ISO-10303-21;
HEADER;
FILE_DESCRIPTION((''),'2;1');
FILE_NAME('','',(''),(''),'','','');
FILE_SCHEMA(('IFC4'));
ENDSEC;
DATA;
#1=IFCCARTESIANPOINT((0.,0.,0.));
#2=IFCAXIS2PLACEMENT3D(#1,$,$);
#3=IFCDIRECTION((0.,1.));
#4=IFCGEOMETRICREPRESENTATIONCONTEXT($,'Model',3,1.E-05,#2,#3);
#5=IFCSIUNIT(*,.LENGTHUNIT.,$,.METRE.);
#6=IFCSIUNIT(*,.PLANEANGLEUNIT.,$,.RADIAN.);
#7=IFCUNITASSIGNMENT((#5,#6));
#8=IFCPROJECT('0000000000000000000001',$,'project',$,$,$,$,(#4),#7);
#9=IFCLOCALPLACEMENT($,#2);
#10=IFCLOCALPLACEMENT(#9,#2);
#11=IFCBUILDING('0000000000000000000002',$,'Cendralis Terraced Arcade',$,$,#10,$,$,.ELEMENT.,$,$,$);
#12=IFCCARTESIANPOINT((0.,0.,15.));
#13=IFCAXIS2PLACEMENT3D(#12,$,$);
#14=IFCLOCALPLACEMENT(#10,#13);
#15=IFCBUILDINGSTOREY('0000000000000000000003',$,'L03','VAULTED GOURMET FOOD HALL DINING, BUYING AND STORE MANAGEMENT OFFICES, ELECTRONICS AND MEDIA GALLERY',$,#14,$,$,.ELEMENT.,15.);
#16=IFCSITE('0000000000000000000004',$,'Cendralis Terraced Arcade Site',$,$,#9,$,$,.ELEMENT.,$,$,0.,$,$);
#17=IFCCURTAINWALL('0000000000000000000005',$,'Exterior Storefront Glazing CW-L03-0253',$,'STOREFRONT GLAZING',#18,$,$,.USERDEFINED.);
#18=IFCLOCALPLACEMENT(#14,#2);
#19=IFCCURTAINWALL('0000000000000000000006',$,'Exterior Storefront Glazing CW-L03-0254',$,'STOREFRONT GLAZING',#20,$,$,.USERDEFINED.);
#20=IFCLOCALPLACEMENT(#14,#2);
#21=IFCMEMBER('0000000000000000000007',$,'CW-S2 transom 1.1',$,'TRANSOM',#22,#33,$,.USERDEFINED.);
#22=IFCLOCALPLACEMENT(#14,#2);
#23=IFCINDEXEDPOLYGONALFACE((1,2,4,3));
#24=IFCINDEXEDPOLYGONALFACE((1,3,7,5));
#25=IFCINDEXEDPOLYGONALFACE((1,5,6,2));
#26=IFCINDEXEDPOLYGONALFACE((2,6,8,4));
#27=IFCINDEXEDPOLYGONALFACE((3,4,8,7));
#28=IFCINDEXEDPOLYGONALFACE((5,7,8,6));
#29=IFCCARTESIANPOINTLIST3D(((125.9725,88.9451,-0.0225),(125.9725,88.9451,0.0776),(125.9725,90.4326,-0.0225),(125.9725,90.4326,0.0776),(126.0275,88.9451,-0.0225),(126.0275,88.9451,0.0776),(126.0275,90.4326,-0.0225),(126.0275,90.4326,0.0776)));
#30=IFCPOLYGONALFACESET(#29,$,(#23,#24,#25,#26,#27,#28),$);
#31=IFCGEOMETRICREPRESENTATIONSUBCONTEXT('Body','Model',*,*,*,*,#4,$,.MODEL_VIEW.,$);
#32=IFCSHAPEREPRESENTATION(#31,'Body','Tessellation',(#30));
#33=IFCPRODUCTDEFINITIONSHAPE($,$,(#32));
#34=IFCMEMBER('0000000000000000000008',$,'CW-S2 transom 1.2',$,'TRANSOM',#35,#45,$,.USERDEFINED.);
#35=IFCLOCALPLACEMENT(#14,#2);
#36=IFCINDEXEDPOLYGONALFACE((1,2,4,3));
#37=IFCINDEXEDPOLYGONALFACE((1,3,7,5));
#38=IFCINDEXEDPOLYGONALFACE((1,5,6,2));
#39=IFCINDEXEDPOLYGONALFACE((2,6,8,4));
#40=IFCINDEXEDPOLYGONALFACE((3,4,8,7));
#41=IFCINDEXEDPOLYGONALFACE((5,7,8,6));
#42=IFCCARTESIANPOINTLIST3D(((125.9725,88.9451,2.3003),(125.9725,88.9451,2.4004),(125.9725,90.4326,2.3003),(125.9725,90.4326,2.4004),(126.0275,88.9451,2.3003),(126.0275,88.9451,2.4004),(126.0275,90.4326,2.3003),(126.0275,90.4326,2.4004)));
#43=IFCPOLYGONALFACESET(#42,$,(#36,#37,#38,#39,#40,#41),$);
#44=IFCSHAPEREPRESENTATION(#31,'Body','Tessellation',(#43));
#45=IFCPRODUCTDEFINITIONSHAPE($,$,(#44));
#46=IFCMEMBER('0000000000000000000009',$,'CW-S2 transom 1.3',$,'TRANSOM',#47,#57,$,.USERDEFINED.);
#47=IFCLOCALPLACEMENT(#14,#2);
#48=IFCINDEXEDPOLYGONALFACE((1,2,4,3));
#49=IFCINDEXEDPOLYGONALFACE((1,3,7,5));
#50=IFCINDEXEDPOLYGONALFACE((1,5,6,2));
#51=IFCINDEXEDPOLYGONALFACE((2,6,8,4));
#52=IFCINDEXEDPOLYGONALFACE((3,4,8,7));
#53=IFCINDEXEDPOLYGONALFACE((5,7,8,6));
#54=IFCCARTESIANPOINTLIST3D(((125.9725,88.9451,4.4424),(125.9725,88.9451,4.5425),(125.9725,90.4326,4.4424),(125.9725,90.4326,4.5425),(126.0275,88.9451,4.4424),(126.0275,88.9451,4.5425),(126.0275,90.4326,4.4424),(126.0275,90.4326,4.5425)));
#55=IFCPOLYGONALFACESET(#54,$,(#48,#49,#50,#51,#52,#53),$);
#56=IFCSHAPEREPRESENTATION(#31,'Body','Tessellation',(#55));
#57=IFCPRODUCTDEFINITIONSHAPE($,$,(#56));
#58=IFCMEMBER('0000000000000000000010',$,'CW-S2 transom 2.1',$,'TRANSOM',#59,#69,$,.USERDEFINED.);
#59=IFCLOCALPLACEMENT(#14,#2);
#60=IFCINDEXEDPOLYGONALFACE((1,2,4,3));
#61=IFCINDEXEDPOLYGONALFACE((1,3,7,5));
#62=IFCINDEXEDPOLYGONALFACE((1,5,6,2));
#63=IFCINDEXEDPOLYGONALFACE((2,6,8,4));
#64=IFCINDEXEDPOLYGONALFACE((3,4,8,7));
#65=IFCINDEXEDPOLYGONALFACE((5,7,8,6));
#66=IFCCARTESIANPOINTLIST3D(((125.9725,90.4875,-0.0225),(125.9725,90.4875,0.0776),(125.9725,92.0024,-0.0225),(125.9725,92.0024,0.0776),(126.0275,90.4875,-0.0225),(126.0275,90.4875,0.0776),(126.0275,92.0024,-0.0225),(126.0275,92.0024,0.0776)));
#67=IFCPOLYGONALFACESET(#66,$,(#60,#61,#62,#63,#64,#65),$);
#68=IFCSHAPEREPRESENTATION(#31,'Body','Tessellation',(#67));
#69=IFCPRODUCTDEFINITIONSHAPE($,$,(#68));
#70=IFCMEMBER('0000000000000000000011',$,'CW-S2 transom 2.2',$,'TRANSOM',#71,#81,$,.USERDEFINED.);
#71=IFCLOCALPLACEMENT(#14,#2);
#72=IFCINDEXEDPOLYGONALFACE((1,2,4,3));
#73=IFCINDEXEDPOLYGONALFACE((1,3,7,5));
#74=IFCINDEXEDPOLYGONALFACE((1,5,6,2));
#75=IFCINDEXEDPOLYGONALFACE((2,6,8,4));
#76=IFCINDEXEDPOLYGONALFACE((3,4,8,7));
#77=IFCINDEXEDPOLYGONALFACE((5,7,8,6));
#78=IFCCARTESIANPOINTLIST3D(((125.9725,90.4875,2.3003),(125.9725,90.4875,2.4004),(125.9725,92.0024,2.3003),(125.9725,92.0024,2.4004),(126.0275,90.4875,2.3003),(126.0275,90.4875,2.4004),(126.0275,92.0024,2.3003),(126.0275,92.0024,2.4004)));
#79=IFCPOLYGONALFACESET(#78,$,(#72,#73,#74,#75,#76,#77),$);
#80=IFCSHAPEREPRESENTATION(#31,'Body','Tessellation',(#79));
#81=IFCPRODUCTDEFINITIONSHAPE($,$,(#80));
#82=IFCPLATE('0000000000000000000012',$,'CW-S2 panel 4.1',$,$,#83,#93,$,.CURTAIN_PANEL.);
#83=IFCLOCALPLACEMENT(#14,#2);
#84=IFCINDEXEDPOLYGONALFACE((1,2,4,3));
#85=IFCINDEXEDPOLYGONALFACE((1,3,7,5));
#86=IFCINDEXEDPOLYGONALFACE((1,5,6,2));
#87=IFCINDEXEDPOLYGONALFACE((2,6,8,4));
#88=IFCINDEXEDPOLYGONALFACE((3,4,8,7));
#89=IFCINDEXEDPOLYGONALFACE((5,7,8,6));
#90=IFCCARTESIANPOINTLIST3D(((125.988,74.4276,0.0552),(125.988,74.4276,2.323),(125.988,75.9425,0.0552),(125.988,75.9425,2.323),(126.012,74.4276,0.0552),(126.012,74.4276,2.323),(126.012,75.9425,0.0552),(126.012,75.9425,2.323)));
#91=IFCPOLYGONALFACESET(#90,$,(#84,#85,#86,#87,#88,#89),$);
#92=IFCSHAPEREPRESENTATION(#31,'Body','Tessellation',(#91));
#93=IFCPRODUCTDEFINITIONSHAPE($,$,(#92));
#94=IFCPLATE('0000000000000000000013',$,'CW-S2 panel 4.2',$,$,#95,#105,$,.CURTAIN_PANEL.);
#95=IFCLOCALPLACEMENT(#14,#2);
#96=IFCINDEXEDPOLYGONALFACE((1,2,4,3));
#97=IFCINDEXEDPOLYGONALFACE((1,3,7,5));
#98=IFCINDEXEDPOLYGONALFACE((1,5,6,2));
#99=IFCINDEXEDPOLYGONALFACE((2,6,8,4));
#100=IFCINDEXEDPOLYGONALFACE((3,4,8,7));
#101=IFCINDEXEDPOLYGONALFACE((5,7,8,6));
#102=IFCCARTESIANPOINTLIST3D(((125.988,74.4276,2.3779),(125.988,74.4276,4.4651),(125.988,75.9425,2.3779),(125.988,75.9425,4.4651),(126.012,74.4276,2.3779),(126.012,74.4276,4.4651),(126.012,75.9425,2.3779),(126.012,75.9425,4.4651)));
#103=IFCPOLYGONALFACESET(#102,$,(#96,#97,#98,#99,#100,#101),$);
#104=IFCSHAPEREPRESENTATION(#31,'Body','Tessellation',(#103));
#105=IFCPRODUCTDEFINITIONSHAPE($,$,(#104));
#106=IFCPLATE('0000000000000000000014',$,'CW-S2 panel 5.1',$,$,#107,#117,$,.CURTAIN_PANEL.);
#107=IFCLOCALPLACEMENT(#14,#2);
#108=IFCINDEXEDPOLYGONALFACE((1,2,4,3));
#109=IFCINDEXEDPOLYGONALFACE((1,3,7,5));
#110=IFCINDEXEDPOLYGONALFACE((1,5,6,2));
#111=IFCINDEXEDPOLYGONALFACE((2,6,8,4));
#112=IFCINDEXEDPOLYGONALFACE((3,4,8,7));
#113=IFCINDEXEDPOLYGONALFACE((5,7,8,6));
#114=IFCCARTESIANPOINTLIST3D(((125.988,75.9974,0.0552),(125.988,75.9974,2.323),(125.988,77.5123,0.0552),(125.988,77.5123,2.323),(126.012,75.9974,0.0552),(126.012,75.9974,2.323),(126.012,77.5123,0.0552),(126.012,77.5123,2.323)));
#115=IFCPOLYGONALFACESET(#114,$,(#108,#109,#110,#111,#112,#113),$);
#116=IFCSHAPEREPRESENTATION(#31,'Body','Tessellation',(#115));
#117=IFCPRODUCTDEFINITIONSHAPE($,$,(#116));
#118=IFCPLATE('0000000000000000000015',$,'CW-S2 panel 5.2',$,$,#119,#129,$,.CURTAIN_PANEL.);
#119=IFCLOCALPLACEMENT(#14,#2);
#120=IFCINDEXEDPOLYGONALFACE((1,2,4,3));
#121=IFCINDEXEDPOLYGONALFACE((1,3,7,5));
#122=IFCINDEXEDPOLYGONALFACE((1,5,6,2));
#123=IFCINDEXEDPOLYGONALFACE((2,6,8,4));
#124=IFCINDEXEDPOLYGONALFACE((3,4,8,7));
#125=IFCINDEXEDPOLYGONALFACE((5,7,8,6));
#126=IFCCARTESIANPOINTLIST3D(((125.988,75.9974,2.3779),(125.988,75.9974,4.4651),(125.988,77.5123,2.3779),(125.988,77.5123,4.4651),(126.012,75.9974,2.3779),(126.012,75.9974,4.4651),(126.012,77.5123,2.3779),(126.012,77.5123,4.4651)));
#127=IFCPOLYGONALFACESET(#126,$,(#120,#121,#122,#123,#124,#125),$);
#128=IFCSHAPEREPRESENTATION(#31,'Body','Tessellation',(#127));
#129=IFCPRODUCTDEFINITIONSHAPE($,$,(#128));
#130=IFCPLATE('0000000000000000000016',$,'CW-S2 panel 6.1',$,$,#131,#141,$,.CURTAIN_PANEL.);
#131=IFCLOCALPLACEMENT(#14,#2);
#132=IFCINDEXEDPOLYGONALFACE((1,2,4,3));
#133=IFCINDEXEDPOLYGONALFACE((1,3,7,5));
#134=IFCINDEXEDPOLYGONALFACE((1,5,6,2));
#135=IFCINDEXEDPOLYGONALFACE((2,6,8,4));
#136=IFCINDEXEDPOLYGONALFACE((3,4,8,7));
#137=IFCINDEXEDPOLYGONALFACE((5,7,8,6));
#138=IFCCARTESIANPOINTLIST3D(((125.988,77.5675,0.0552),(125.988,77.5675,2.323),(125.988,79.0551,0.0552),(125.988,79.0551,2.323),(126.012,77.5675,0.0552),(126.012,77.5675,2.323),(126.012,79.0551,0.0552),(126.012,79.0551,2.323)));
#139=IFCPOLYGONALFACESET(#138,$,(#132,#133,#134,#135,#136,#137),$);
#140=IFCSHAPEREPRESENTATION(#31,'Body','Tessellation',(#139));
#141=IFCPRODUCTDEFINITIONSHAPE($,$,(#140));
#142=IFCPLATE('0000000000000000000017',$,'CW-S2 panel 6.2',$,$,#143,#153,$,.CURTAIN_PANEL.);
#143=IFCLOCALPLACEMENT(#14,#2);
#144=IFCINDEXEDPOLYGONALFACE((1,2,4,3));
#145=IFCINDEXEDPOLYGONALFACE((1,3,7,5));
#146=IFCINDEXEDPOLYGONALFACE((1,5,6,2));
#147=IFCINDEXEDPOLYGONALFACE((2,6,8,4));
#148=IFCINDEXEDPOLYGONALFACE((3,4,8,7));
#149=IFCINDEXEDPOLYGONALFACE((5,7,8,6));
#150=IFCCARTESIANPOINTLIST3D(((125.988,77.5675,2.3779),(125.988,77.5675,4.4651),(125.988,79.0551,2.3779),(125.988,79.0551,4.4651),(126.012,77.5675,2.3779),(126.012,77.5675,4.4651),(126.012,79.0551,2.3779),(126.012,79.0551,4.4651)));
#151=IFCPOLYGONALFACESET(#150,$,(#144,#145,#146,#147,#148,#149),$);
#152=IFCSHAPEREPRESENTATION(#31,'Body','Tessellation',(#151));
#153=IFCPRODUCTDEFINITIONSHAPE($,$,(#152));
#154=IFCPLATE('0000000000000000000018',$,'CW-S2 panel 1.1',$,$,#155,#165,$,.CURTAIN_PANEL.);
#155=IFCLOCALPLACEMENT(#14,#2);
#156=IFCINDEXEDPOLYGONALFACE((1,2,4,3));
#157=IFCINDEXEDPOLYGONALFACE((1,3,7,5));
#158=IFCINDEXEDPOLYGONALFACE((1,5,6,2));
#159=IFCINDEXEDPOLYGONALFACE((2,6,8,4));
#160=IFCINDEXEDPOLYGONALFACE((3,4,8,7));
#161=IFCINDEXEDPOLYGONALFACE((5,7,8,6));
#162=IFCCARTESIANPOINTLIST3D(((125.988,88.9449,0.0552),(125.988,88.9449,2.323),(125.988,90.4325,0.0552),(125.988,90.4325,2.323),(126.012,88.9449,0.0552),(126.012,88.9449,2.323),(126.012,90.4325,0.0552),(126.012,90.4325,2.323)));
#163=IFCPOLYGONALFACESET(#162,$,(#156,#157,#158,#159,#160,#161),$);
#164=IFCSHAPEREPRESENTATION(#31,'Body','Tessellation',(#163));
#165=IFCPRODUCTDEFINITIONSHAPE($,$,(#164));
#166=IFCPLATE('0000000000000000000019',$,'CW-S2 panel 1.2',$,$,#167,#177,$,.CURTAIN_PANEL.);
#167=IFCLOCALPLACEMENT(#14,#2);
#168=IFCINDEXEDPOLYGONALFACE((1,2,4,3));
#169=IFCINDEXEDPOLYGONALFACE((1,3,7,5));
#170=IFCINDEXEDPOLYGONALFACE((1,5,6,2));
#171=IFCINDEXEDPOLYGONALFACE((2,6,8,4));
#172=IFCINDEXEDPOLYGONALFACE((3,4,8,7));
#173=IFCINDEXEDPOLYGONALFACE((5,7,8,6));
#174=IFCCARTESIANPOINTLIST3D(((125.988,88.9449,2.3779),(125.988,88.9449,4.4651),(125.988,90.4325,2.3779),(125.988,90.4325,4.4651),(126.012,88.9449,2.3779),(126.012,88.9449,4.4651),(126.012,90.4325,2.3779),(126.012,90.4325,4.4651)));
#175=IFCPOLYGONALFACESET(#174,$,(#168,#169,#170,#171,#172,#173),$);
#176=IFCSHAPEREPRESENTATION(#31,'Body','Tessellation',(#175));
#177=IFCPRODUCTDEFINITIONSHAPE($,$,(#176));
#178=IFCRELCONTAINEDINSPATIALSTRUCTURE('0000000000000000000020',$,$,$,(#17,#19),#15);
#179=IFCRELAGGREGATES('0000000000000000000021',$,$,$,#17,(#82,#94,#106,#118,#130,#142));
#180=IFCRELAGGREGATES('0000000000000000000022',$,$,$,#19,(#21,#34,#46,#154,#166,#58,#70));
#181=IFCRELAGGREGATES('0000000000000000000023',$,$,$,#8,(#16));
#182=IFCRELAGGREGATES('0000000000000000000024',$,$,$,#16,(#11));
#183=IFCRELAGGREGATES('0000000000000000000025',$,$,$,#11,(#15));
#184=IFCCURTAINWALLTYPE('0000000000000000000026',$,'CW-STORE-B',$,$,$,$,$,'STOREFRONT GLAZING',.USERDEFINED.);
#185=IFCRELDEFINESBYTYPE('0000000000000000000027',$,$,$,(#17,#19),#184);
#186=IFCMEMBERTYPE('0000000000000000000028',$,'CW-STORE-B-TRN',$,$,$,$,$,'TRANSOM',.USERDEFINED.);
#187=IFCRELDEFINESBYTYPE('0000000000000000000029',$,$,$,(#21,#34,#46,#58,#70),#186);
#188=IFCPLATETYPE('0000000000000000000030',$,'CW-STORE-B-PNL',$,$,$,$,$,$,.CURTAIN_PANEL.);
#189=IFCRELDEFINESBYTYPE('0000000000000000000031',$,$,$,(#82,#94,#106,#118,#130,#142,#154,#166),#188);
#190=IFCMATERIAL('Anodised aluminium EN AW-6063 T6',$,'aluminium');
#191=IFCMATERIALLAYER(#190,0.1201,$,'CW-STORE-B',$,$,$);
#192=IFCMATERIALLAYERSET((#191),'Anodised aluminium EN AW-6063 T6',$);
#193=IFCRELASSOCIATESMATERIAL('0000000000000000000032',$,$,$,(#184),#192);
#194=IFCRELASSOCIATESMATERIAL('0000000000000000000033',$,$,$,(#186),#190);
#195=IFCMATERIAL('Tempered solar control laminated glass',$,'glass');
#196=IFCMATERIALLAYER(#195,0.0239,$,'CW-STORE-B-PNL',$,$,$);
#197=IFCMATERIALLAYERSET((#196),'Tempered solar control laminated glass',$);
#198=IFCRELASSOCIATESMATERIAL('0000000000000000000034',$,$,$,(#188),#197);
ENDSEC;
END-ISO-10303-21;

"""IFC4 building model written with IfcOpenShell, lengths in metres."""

from ifc_helpers import new_model, si_unit, direction, frame, origin, origin_2d, place, context, subcontext, project, spatial, rectangle, extrude, material, layer, layer_set, material_profile, profile_set, type_object, element, aggregate, save


model = new_model("IFC4")

# Units and contexts
model_context = context("Model", 3, precision=1e-05, world=origin(), true_north=direction((0.0, 1.0)))
body_context = subcontext(model_context, "Body", "Model", "MODEL_VIEW")
ifc_project = project(units=[si_unit("LENGTHUNIT", "METRE"), si_unit("PLANEANGLEUNIT", "RADIAN")], contexts=[model_context])

# Site, building, storey
site_placement = place(None, origin())
site = spatial("IfcSite", under=ifc_project, at=site_placement, Name="Cendralis Terraced Arcade Site", CompositionType="ELEMENT", RefElevation=0.0)
building_placement = place(site_placement, origin())
building = spatial("IfcBuilding", under=site, at=building_placement, Name="Cendralis Terraced Arcade", CompositionType="ELEMENT")
storey_placement = place(building_placement, frame((0.0, 0.0, 15.0)))
storey = spatial("IfcBuildingStorey", under=building, at=storey_placement, Name="L03", Description="VAULTED GOURMET FOOD HALL DINING, BUYING AND STORE MANAGEMENT OFFICES, ELECTRONICS AND MEDIA GALLERY", CompositionType="ELEMENT", Elevation=15.0)

# Curtain walls
ifc_material_1 = material(Name="Anodised aluminium EN AW-6063 T6", Category="aluminium")
ifc_layer_1 = layer(ifc_material_1, 0.1201, Name="CW-STORE-B")
ifc_layer_set_1 = layer_set([ifc_layer_1], Name="Anodised aluminium EN AW-6063 T6")
curtain_wall_type = type_object("IfcCurtainWallType", Name="CW-STORE-B", ElementType="STOREFRONT GLAZING", PredefinedType="USERDEFINED", material=ifc_layer_set_1)
curtain_wall_1_placement = place(storey_placement, origin())
curtain_wall_1 = element("IfcCurtainWall", 1, at=curtain_wall_1_placement, inside=storey, type_object=curtain_wall_type, Name="Exterior Storefront Glazing CW-L03-0253", ObjectType="STOREFRONT GLAZING", PredefinedType="USERDEFINED")
curtain_wall_2_placement = place(storey_placement, origin())
curtain_wall_2 = element("IfcCurtainWall", 2, at=curtain_wall_2_placement, inside=storey, type_object=curtain_wall_type, Name="Exterior Storefront Glazing CW-L03-0254", ObjectType="STOREFRONT GLAZING", PredefinedType="USERDEFINED")

# Members
ifc_material_profile_1 = material_profile(ifc_material_1, rectangle(XDim=0.0549, YDim=0.1001, at=origin_2d()), Name="ALU-TRN-55x100")
ifc_profile_set_1 = profile_set([ifc_material_profile_1], Name="Anodised aluminium EN AW-6063 T6")
member_type_1 = type_object("IfcMemberType", Name="CW-STORE-B-TRN", ElementType="TRANSOM", PredefinedType="USERDEFINED", material=ifc_profile_set_1)
member_1_placement = place(storey_placement, frame((126.0, 88.9451, 0.0276), z_axis=(0.0, 1.0, 0.0), x_axis=(-1.0, 0.0, 0.0)))
member_1 = element("IfcMember", 3, at=member_1_placement, type_object=member_type_1, Name="CW-S2 transom 1.1", ObjectType="TRANSOM", PredefinedType="USERDEFINED", context=body_context, shape_type="SweptSolid", body=[
    extrude(rectangle(XDim=0.0549, YDim=0.1001, at=origin_2d()), origin(), (0.0, 0.0, 1.0), 1.4875),
])
member_2_placement = place(storey_placement, frame((126.0, 88.9451, 2.3503), z_axis=(0.0, 1.0, 0.0), x_axis=(-1.0, 0.0, 0.0)))
member_2 = element("IfcMember", 4, at=member_2_placement, type_object=member_type_1, Name="CW-S2 transom 1.2", ObjectType="TRANSOM", PredefinedType="USERDEFINED", context=body_context, shape_type="SweptSolid", body=[
    extrude(rectangle(XDim=0.0549, YDim=0.1001, at=origin_2d()), origin(), (0.0, 0.0, 1.0), 1.4875),
])
member_3_placement = place(storey_placement, frame((126.0, 88.9451, 4.4924), z_axis=(0.0, 1.0, 0.0), x_axis=(-1.0, 0.0, 0.0)))
member_3 = element("IfcMember", 5, at=member_3_placement, type_object=member_type_1, Name="CW-S2 transom 1.3", ObjectType="TRANSOM", PredefinedType="USERDEFINED", context=body_context, shape_type="SweptSolid", body=[
    extrude(rectangle(XDim=0.0549, YDim=0.1001, at=origin_2d()), origin(), (0.0, 0.0, 1.0), 1.4875),
])
member_4_placement = place(storey_placement, frame((126.0, 90.4875, 0.0276), z_axis=(0.0, 1.0, 0.0), x_axis=(-1.0, 0.0, 0.0)))
member_4 = element("IfcMember", 6, at=member_4_placement, type_object=member_type_1, Name="CW-S2 transom 2.1", ObjectType="TRANSOM", PredefinedType="USERDEFINED", context=body_context, shape_type="SweptSolid", body=[
    extrude(rectangle(XDim=0.0549, YDim=0.1001, at=origin_2d()), origin(), (0.0, 0.0, 1.0), 1.5149),
])
member_5_placement = place(storey_placement, frame((126.0, 90.4875, 2.3503), z_axis=(0.0, 1.0, 0.0), x_axis=(-1.0, 0.0, 0.0)))
member_5 = element("IfcMember", 7, at=member_5_placement, type_object=member_type_1, Name="CW-S2 transom 2.2", ObjectType="TRANSOM", PredefinedType="USERDEFINED", context=body_context, shape_type="SweptSolid", body=[
    extrude(rectangle(XDim=0.0549, YDim=0.1001, at=origin_2d()), origin(), (0.0, 0.0, 1.0), 1.5149),
])

# Plates
ifc_material_2 = material(Name="Tempered solar control laminated glass", Category="glass")
ifc_layer_2 = layer(ifc_material_2, 0.0239, Name="CW-STORE-B-PNL")
ifc_layer_set_2 = layer_set([ifc_layer_2], Name="Tempered solar control laminated glass")
plate_type = type_object("IfcPlateType", Name="CW-STORE-B-PNL", PredefinedType="CURTAIN_PANEL", material=ifc_layer_set_2)
plate_1_placement = place(storey_placement, frame((126.0, 75.1851, 0.0552), z_axis=(0.0, 0.0, 1.0), x_axis=(0.0, 1.0, 0.0)))
plate_1 = element("IfcPlate", 8, at=plate_1_placement, type_object=plate_type, Name="CW-S2 panel 4.1", PredefinedType="CURTAIN_PANEL", context=body_context, shape_type="SweptSolid", body=[
    extrude(rectangle(XDim=1.5149, YDim=0.0239, at=origin_2d()), origin(), (0.0, 0.0, 1.0), 2.2678),
])
plate_2_placement = place(storey_placement, frame((126.0, 75.1851, 2.3779), z_axis=(0.0, 0.0, 1.0), x_axis=(0.0, 1.0, 0.0)))
plate_2 = element("IfcPlate", 9, at=plate_2_placement, type_object=plate_type, Name="CW-S2 panel 4.2", PredefinedType="CURTAIN_PANEL", context=body_context, shape_type="SweptSolid", body=[
    extrude(rectangle(XDim=1.5149, YDim=0.0239, at=origin_2d()), origin(), (0.0, 0.0, 1.0), 2.0872),
])
plate_3_placement = place(storey_placement, frame((126.0, 76.7549, 0.0552), z_axis=(0.0, 0.0, 1.0), x_axis=(0.0, 1.0, 0.0)))
plate_3 = element("IfcPlate", 10, at=plate_3_placement, type_object=plate_type, Name="CW-S2 panel 5.1", PredefinedType="CURTAIN_PANEL", context=body_context, shape_type="SweptSolid", body=[
    extrude(rectangle(XDim=1.5149, YDim=0.0239, at=origin_2d()), origin(), (0.0, 0.0, 1.0), 2.2678),
])
plate_4_placement = place(storey_placement, frame((126.0, 76.7549, 2.3779), z_axis=(0.0, 0.0, 1.0), x_axis=(0.0, 1.0, 0.0)))
plate_4 = element("IfcPlate", 11, at=plate_4_placement, type_object=plate_type, Name="CW-S2 panel 5.2", PredefinedType="CURTAIN_PANEL", context=body_context, shape_type="SweptSolid", body=[
    extrude(rectangle(XDim=1.5149, YDim=0.0239, at=origin_2d()), origin(), (0.0, 0.0, 1.0), 2.0872),
])
plate_5_placement = place(storey_placement, frame((126.0, 78.3113, 0.0552), z_axis=(0.0, 0.0, 1.0), x_axis=(0.0, 1.0, 0.0)))
plate_5 = element("IfcPlate", 12, at=plate_5_placement, type_object=plate_type, Name="CW-S2 panel 6.1", PredefinedType="CURTAIN_PANEL", context=body_context, shape_type="SweptSolid", body=[
    extrude(rectangle(XDim=1.4875, YDim=0.0239, at=origin_2d()), origin(), (0.0, 0.0, 1.0), 2.2678),
])
plate_6_placement = place(storey_placement, frame((126.0, 78.3113, 2.3779), z_axis=(0.0, 0.0, 1.0), x_axis=(0.0, 1.0, 0.0)))
plate_6 = element("IfcPlate", 13, at=plate_6_placement, type_object=plate_type, Name="CW-S2 panel 6.2", PredefinedType="CURTAIN_PANEL", context=body_context, shape_type="SweptSolid", body=[
    extrude(rectangle(XDim=1.4875, YDim=0.0239, at=origin_2d()), origin(), (0.0, 0.0, 1.0), 2.0872),
])
aggregate(curtain_wall_1, [plate_1, plate_2, plate_3, plate_4, plate_5, plate_6])
plate_7_placement = place(storey_placement, frame((126.0, 89.6887, 0.0552), z_axis=(0.0, 0.0, 1.0), x_axis=(0.0, 1.0, 0.0)))
plate_7 = element("IfcPlate", 14, at=plate_7_placement, type_object=plate_type, Name="CW-S2 panel 1.1", PredefinedType="CURTAIN_PANEL", context=body_context, shape_type="SweptSolid", body=[
    extrude(rectangle(XDim=1.4875, YDim=0.0239, at=origin_2d()), origin(), (0.0, 0.0, 1.0), 2.2678),
])
plate_8_placement = place(storey_placement, frame((126.0, 89.6887, 2.3779), z_axis=(0.0, 0.0, 1.0), x_axis=(0.0, 1.0, 0.0)))
plate_8 = element("IfcPlate", 15, at=plate_8_placement, type_object=plate_type, Name="CW-S2 panel 1.2", PredefinedType="CURTAIN_PANEL", context=body_context, shape_type="SweptSolid", body=[
    extrude(rectangle(XDim=1.4875, YDim=0.0239, at=origin_2d()), origin(), (0.0, 0.0, 1.0), 2.0872),
])
aggregate(curtain_wall_2, [member_1, member_2, member_3, plate_7, plate_8, member_4, member_5])

save(model, "model.ifc")
